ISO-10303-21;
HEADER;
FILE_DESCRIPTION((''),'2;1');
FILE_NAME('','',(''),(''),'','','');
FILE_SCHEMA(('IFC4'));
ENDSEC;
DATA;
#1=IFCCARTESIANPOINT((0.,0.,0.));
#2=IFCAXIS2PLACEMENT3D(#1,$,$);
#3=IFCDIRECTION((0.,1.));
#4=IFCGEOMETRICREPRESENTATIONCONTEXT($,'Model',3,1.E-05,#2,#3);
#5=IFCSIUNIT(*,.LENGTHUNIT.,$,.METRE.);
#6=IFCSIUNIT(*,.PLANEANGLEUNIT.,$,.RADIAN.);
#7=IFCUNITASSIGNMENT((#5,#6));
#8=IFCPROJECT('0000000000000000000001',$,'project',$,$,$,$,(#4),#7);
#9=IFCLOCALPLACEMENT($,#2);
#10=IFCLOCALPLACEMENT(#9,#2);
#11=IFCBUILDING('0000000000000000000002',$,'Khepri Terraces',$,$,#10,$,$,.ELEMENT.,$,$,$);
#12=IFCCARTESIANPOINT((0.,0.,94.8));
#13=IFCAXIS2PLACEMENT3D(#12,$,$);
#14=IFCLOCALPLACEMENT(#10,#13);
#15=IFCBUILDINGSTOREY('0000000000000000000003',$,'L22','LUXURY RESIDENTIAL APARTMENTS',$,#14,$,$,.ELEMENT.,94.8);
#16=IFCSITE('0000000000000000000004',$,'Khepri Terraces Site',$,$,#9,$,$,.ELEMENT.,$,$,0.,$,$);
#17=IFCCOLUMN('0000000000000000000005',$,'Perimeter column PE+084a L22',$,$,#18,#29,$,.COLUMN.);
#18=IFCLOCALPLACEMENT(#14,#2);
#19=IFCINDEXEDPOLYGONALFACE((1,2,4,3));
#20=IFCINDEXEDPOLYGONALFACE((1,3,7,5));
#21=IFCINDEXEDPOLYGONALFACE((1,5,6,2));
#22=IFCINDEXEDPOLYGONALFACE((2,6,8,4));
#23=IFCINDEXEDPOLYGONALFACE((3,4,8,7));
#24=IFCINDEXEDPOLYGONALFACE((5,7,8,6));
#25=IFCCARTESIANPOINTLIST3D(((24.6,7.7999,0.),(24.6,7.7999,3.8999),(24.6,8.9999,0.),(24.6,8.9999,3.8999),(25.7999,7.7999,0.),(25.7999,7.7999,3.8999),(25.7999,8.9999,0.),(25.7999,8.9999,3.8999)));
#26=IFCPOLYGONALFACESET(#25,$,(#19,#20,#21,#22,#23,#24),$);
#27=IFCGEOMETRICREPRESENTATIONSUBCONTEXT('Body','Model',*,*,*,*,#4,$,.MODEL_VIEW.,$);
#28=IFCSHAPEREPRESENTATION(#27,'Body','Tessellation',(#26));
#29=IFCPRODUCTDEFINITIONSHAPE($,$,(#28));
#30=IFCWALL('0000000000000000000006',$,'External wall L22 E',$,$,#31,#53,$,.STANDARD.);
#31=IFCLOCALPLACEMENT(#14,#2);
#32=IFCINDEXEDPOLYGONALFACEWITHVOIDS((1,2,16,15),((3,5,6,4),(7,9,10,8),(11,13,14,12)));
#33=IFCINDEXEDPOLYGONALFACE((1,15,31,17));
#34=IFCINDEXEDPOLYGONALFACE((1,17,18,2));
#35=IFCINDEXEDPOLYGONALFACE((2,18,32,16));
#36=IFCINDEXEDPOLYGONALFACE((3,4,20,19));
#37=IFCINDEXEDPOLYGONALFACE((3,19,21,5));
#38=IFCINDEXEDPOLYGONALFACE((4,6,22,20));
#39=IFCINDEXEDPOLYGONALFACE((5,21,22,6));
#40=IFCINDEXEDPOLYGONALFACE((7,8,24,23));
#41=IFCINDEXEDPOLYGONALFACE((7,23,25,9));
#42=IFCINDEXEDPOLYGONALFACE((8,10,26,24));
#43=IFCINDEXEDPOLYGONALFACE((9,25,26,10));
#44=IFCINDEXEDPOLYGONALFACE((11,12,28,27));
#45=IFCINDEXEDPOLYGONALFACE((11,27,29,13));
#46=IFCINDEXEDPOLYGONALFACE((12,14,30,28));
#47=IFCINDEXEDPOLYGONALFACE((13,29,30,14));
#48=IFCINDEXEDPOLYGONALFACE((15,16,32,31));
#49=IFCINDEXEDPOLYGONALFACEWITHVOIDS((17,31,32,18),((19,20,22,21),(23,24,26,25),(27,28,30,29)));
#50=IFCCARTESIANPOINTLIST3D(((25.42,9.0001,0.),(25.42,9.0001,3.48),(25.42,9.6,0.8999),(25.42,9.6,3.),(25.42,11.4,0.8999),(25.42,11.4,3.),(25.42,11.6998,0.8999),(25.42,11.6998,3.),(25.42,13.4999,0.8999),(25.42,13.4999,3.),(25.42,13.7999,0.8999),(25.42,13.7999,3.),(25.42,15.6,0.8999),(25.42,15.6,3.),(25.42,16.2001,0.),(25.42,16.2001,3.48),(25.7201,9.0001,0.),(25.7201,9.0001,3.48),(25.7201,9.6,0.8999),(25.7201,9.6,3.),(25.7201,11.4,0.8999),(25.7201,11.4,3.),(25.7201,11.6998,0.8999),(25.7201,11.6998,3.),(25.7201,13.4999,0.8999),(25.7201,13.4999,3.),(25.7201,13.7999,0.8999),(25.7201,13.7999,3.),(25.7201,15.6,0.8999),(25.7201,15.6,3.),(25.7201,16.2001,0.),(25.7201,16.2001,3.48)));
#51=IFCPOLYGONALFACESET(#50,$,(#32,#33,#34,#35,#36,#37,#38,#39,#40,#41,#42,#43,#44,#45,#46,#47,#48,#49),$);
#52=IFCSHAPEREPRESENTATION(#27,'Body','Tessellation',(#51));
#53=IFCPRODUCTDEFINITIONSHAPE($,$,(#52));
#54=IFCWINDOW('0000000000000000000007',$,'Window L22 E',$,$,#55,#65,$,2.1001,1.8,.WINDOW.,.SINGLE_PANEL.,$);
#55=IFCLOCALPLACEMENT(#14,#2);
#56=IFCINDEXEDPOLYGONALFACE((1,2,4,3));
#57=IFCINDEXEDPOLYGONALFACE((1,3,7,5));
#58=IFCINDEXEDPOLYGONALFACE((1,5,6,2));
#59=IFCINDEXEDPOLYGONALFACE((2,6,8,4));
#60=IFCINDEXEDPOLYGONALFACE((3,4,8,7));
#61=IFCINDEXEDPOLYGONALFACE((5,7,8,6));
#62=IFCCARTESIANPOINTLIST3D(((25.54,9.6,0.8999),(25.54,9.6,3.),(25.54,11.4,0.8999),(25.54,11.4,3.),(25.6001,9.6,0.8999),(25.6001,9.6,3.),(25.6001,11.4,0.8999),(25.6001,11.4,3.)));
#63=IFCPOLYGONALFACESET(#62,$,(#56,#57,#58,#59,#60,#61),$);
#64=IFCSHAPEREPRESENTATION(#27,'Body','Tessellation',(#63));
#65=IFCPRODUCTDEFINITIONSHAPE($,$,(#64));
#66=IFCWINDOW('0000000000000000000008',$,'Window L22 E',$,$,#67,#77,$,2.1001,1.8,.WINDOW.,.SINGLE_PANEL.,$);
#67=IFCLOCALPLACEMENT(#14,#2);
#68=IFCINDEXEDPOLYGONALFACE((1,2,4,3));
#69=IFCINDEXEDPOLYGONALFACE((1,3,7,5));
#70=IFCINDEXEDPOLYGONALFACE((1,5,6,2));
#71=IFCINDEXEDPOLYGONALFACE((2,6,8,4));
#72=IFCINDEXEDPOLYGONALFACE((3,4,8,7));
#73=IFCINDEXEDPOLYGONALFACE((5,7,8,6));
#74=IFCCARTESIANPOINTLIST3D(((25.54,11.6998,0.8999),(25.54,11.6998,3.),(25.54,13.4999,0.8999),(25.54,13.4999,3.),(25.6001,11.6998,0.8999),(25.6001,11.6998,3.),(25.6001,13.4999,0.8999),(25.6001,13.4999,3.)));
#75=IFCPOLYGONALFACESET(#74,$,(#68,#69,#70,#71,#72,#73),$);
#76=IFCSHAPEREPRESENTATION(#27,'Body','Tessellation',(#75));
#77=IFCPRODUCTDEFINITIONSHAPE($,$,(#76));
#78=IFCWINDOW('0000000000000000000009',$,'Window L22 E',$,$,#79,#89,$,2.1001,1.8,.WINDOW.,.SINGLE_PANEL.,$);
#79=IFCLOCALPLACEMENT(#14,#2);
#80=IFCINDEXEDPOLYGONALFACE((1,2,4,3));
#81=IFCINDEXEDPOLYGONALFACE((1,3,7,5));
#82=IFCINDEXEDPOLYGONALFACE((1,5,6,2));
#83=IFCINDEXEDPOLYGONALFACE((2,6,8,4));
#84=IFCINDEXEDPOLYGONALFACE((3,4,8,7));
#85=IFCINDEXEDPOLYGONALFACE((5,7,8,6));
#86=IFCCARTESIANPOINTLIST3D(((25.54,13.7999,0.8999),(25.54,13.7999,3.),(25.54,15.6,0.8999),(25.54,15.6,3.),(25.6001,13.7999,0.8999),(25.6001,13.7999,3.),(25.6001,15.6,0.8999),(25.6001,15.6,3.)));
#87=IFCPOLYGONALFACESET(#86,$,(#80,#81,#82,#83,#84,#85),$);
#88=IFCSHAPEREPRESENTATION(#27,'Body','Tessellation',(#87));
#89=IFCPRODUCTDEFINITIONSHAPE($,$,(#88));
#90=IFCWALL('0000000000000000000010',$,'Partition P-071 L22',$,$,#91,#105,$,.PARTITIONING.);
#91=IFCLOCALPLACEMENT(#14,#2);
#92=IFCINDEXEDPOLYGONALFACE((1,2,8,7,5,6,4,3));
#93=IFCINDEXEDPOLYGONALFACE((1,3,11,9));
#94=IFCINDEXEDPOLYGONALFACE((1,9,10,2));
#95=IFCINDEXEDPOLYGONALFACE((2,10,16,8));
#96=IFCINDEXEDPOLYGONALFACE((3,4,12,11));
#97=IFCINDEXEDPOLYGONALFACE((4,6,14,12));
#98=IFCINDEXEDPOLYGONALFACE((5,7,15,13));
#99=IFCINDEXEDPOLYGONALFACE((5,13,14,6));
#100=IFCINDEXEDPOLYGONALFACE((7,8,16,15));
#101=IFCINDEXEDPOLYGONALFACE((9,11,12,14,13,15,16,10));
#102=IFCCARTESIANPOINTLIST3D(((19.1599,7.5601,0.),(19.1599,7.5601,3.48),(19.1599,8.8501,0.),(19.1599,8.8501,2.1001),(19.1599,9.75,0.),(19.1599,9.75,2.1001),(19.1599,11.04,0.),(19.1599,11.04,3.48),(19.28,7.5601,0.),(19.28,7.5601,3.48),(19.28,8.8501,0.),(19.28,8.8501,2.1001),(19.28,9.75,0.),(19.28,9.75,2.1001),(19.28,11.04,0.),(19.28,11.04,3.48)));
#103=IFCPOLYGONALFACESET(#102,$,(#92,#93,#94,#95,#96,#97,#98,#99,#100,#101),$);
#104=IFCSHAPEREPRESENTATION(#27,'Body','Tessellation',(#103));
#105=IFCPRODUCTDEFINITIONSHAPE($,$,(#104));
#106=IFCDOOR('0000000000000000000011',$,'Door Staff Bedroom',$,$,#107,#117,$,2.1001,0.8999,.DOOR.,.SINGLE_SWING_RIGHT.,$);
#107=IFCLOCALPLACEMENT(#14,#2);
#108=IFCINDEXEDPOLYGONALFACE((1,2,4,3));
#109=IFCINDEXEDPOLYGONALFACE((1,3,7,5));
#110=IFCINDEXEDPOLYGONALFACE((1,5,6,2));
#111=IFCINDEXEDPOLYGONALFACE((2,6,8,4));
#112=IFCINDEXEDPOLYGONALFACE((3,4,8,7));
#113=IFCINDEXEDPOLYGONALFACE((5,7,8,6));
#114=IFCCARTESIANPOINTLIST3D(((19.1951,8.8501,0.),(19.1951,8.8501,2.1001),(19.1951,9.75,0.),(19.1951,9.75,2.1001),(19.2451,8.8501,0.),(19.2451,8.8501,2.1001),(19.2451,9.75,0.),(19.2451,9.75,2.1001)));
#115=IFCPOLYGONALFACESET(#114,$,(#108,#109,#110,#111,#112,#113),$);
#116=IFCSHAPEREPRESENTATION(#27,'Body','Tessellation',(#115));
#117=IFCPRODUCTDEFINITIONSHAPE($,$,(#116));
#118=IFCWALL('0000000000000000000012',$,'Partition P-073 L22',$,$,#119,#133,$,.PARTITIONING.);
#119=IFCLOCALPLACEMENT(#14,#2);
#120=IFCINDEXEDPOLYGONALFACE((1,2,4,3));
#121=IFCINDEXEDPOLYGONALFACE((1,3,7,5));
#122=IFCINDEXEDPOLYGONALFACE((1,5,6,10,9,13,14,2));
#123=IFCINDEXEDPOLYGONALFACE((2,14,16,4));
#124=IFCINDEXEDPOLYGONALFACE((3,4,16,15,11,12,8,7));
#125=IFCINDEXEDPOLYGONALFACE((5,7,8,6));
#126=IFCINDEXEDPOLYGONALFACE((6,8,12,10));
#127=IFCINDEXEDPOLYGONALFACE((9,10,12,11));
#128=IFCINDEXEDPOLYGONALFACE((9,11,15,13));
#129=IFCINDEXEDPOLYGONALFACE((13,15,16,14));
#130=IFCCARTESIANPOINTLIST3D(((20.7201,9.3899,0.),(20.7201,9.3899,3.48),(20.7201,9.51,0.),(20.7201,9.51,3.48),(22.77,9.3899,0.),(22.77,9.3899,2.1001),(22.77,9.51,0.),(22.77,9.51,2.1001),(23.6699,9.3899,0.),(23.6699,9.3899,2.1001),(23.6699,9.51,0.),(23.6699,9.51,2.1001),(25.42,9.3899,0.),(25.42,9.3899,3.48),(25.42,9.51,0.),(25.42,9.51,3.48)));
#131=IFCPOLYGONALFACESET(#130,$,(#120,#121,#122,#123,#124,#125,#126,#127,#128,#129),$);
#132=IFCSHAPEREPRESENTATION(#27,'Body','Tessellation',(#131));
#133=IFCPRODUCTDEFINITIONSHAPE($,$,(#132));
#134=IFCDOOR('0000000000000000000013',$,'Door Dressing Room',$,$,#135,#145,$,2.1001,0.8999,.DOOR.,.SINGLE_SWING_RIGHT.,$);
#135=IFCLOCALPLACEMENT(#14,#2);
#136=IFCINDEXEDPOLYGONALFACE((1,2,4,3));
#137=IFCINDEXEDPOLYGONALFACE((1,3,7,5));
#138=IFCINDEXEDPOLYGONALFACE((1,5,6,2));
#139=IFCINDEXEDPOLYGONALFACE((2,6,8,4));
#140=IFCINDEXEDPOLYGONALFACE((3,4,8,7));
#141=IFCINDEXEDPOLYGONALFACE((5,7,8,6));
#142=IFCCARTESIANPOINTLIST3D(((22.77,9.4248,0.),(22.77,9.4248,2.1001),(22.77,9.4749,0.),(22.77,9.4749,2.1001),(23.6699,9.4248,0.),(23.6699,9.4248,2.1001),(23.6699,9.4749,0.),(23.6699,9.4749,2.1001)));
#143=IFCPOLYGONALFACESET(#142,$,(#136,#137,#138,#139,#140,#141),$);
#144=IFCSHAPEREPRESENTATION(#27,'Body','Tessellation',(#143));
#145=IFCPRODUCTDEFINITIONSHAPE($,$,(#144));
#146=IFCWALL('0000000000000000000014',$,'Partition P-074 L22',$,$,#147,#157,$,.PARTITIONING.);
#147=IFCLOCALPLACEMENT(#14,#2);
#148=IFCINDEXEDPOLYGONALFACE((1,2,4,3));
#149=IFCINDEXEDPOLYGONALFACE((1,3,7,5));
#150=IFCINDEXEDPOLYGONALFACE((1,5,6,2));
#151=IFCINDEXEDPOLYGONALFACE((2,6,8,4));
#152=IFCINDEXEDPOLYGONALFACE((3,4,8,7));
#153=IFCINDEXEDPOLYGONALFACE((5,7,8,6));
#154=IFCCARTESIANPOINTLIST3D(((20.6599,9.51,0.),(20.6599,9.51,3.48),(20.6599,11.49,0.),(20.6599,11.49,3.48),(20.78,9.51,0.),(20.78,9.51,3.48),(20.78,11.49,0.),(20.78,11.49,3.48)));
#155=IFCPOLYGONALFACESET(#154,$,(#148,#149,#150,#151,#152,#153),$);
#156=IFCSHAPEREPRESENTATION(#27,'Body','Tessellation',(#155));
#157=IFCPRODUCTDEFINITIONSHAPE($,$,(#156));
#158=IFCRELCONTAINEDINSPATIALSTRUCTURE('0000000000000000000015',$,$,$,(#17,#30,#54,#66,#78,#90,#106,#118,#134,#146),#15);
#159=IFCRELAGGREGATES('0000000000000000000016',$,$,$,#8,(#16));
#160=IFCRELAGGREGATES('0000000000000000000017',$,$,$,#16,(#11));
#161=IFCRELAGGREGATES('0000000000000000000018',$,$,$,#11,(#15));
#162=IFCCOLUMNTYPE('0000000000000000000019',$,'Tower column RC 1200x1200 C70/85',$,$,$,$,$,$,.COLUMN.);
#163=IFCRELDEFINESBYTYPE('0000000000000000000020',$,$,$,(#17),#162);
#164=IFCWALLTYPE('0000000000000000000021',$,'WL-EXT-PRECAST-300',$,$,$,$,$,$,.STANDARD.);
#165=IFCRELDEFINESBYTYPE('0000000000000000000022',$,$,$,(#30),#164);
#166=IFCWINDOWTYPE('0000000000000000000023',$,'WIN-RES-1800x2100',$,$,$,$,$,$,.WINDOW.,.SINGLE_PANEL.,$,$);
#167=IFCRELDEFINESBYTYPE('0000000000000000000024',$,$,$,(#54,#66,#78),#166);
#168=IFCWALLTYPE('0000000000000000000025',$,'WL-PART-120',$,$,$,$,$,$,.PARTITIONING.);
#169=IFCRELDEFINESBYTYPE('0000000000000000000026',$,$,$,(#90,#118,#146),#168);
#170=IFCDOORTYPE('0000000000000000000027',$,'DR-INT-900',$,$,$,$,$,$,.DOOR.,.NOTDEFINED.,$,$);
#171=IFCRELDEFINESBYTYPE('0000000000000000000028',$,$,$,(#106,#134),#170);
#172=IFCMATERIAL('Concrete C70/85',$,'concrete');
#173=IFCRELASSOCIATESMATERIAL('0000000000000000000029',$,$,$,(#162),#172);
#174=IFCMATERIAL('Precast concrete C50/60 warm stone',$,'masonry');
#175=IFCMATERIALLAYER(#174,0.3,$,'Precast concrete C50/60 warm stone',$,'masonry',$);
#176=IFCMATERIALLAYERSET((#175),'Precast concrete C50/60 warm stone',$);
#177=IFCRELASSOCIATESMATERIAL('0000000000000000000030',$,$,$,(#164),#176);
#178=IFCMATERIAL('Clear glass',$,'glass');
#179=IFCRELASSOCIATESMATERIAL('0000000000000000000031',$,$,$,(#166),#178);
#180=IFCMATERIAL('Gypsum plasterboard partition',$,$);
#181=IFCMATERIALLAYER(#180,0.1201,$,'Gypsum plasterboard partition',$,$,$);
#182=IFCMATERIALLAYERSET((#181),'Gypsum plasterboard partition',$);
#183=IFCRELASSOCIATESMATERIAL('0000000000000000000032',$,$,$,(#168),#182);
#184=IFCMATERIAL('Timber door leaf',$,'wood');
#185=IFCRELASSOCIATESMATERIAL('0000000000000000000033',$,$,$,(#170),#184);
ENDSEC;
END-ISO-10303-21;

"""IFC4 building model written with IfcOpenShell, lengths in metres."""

from ifc_helpers import new_model, si_unit, direction, frame, frame_2d, origin, origin_2d, place, context, subcontext, project, spatial, rectangle, extrude, material, layer, layer_set, material_profile, profile_set, type_object, element, fill, save


model = new_model("IFC4")

# Units and contexts
model_context = context("Model", 3, precision=1e-05, world=origin(), true_north=direction((0.0, 1.0)))
body_context = subcontext(model_context, "Body", "Model", "MODEL_VIEW")
ifc_project = project(units=[si_unit("LENGTHUNIT", "METRE"), si_unit("PLANEANGLEUNIT", "RADIAN")], contexts=[model_context])

# Site, building, storey
site_placement = place(None, origin())
site = spatial("IfcSite", under=ifc_project, at=site_placement, Name="Khepri Terraces Site", CompositionType="ELEMENT", RefElevation=0.0)
building_placement = place(site_placement, origin())
building = spatial("IfcBuilding", under=site, at=building_placement, Name="Khepri Terraces", CompositionType="ELEMENT")
storey_placement = place(building_placement, frame((0.0, 0.0, 94.8)))
storey = spatial("IfcBuildingStorey", under=building, at=storey_placement, Name="L22", Description="LUXURY RESIDENTIAL APARTMENTS", CompositionType="ELEMENT", Elevation=94.8)

# Column
ifc_material_1 = material(Name="Concrete C70/85", Category="concrete")
ifc_material_profile = material_profile(ifc_material_1, rectangle(XDim=1.2, YDim=1.2, at=origin_2d()), Name="Concrete C70/85", Category="concrete")
ifc_profile_set = profile_set([ifc_material_profile], Name="Concrete C70/85")
column_type = type_object("IfcColumnType", Name="Tower column RC 1200x1200 C70/85", PredefinedType="COLUMN", material=ifc_profile_set)
column_placement = place(storey_placement, frame((25.2, 8.3999, 0.0), z_axis=(0.0, 0.0, 1.0), x_axis=(1.0, 0.0, 0.0)))
element("IfcColumn", 1, at=column_placement, inside=storey, type_object=column_type, Name="Perimeter column PE+084a L22", PredefinedType="COLUMN", context=body_context, shape_type="SweptSolid", body=[
    extrude(rectangle(XDim=1.2, YDim=1.2, at=origin_2d()), origin(), (0.0, 0.0, 1.0), 3.8999),
])

# Wall, openings, windows
ifc_material_2 = material(Name="Precast concrete C50/60 warm stone", Category="masonry")
ifc_layer_1 = layer(ifc_material_2, 0.3, Name="Precast concrete C50/60 warm stone", Category="masonry")
ifc_layer_set_1 = layer_set([ifc_layer_1], Name="Precast concrete C50/60 warm stone")
wall_type_1 = type_object("IfcWallType", Name="WL-EXT-PRECAST-300", PredefinedType="STANDARD", material=ifc_layer_set_1)
wall_1_placement = place(storey_placement, frame((25.5701, 9.0, 0.0), z_axis=(0.0, 0.0, 1.0), x_axis=(0.0, 1.0, 0.0)))
wall_1 = element("IfcWall", 2, at=wall_1_placement, inside=storey, type_object=wall_type_1, Name="External wall L22 E", PredefinedType="STANDARD", context=body_context, shape_type="SweptSolid", body=[
    extrude(rectangle(XDim=7.2, YDim=0.3, at=frame_2d((3.6001, 0.0))), origin(), (0.0, 0.0, 1.0), 3.48),
])
opening_1_placement = place(wall_1_placement, frame((0.6001, 0.0, 0.8999)))
opening_1 = element("IfcOpeningElement", 3, at=opening_1_placement, cuts=wall_1, PredefinedType="OPENING", context=body_context, shape_type="SweptSolid", body=[
    extrude(rectangle(XDim=1.8, YDim=2.1001, at=frame_2d((0.8999, 1.05))), frame((0.0, 0.1602, 0.0), z_axis=(0.0, -1.0, 0.0), x_axis=(1.0, 0.0, 0.0)), (0.0, 0.0, 1.0), 0.3201),
])
opening_2_placement = place(wall_1_placement, frame((2.7, 0.0, 0.8999)))
opening_2 = element("IfcOpeningElement", 4, at=opening_2_placement, cuts=wall_1, PredefinedType="OPENING", context=body_context, shape_type="SweptSolid", body=[
    extrude(rectangle(XDim=1.8, YDim=2.1001, at=frame_2d((0.8999, 1.05))), frame((0.0, 0.1602, 0.0), z_axis=(0.0, -1.0, 0.0), x_axis=(1.0, 0.0, 0.0)), (0.0, 0.0, 1.0), 0.3201),
])
opening_3_placement = place(wall_1_placement, frame((4.8, 0.0, 0.8999)))
opening_3 = element("IfcOpeningElement", 5, at=opening_3_placement, cuts=wall_1, PredefinedType="OPENING", context=body_context, shape_type="SweptSolid", body=[
    extrude(rectangle(XDim=1.8, YDim=2.1001, at=frame_2d((0.8999, 1.05))), frame((0.0, 0.1602, 0.0), z_axis=(0.0, -1.0, 0.0), x_axis=(1.0, 0.0, 0.0)), (0.0, 0.0, 1.0), 0.3201),
])
ifc_material_3 = material(Name="Clear glass", Category="glass")
window_type = type_object("IfcWindowType", Name="WIN-RES-1800x2100", PartitioningType="SINGLE_PANEL", PredefinedType="WINDOW", material=ifc_material_3)
window_1_placement = place(opening_1_placement, origin())
window_1 = element("IfcWindow", 6, at=window_1_placement, inside=storey, type_object=window_type, Name="Window L22 E", OverallHeight=2.1001, OverallWidth=1.8, PartitioningType="SINGLE_PANEL", PredefinedType="WINDOW", context=body_context, shape_type="SweptSolid", body=[
    extrude(rectangle(XDim=1.8, YDim=2.1001, at=frame_2d((0.8999, 1.05))), frame((0.0, 0.03, 0.0), z_axis=(0.0, -1.0, 0.0), x_axis=(1.0, 0.0, 0.0)), (0.0, 0.0, 1.0), 0.0601),
])
fill(opening_1, window_1)
window_2_placement = place(opening_2_placement, origin())
window_2 = element("IfcWindow", 7, at=window_2_placement, inside=storey, type_object=window_type, Name="Window L22 E", OverallHeight=2.1001, OverallWidth=1.8, PartitioningType="SINGLE_PANEL", PredefinedType="WINDOW", context=body_context, shape_type="SweptSolid", body=[
    extrude(rectangle(XDim=1.8, YDim=2.1001, at=frame_2d((0.8999, 1.05))), frame((0.0, 0.03, 0.0), z_axis=(0.0, -1.0, 0.0), x_axis=(1.0, 0.0, 0.0)), (0.0, 0.0, 1.0), 0.0601),
])
fill(opening_2, window_2)
window_3_placement = place(opening_3_placement, origin())
window_3 = element("IfcWindow", 8, at=window_3_placement, inside=storey, type_object=window_type, Name="Window L22 E", OverallHeight=2.1001, OverallWidth=1.8, PartitioningType="SINGLE_PANEL", PredefinedType="WINDOW", context=body_context, shape_type="SweptSolid", body=[
    extrude(rectangle(XDim=1.8, YDim=2.1001, at=frame_2d((0.8999, 1.05))), frame((0.0, 0.03, 0.0), z_axis=(0.0, -1.0, 0.0), x_axis=(1.0, 0.0, 0.0)), (0.0, 0.0, 1.0), 0.0601),
])
fill(opening_3, window_3)

# Walls, openings, doors
ifc_material_4 = material(Name="Gypsum plasterboard partition")
ifc_layer_2 = layer(ifc_material_4, 0.1201, Name="Gypsum plasterboard partition")
ifc_layer_set_2 = layer_set([ifc_layer_2], Name="Gypsum plasterboard partition")
wall_type_2 = type_object("IfcWallType", Name="WL-PART-120", PredefinedType="PARTITIONING", material=ifc_layer_set_2)
wall_2_placement = place(storey_placement, frame((19.22, 7.5601, 0.0), z_axis=(0.0, 0.0, 1.0), x_axis=(0.0, 1.0, 0.0)))
wall_2 = element("IfcWall", 9, at=wall_2_placement, inside=storey, type_object=wall_type_2, Name="Partition P-071 L22", PredefinedType="PARTITIONING", context=body_context, shape_type="SweptSolid", body=[
    extrude(rectangle(XDim=3.48, YDim=0.1201, at=frame_2d((1.74, 0.0))), origin(), (0.0, 0.0, 1.0), 3.48),
])
opening_4_placement = place(wall_2_placement, frame((1.29, 0.0, 0.0)))
opening_4 = element("IfcOpeningElement", 10, at=opening_4_placement, cuts=wall_2, PredefinedType="OPENING", context=body_context, shape_type="SweptSolid", body=[
    extrude(rectangle(XDim=0.8999, YDim=2.1001, at=frame_2d((0.45, 1.05))), frame((0.0, 0.0701, 0.0), z_axis=(0.0, -1.0, 0.0), x_axis=(1.0, 0.0, 0.0)), (0.0, 0.0, 1.0), 0.1401),
])
ifc_material_5 = material(Name="Timber door leaf", Category="wood")
door_type_1 = type_object("IfcDoorType", Name="DR-INT-900", OperationType="NOTDEFINED", PredefinedType="DOOR", material=ifc_material_5)
door_1_placement = place(opening_4_placement, origin())
door_1 = element("IfcDoor", 11, at=door_1_placement, inside=storey, type_object=door_type_1, Name="Door Staff Bedroom", OperationType="SINGLE_SWING_RIGHT", OverallHeight=2.1001, OverallWidth=0.8999, PredefinedType="DOOR", context=body_context, shape_type="SweptSolid", body=[
    extrude(rectangle(XDim=0.8999, YDim=2.1001, at=frame_2d((0.45, 1.05))), frame((0.0, 0.0249, 0.0), z_axis=(0.0, -1.0, 0.0), x_axis=(1.0, 0.0, 0.0)), (0.0, 0.0, 1.0), 0.05),
])
fill(opening_4, door_1)
wall_3_placement = place(storey_placement, frame((20.72, 9.45, 0.0), z_axis=(0.0, 0.0, 1.0), x_axis=(1.0, 0.0, 0.0)))
wall_3 = element("IfcWall", 12, at=wall_3_placement, inside=storey, type_object=wall_type_2, Name="Partition P-073 L22", PredefinedType="PARTITIONING", context=body_context, shape_type="SweptSolid", body=[
    extrude(rectangle(XDim=4.7, YDim=0.1201, at=frame_2d((2.3501, 0.0))), origin(), (0.0, 0.0, 1.0), 3.48),
])
opening_5_placement = place(wall_3_placement, frame((2.05, 0.0, 0.0)))
opening_5 = element("IfcOpeningElement", 13, at=opening_5_placement, cuts=wall_3, PredefinedType="OPENING", context=body_context, shape_type="SweptSolid", body=[
    extrude(rectangle(XDim=0.8999, YDim=2.1001, at=frame_2d((0.45, 1.05))), frame((0.0, 0.0701, 0.0), z_axis=(0.0, -1.0, 0.0), x_axis=(1.0, 0.0, 0.0)), (0.0, 0.0, 1.0), 0.1401),
])
door_2_placement = place(opening_5_placement, origin())
door_2 = element("IfcDoor", 14, at=door_2_placement, inside=storey, type_object=door_type_1, Name="Door Dressing Room", OperationType="SINGLE_SWING_RIGHT", OverallHeight=2.1001, OverallWidth=0.8999, PredefinedType="DOOR", context=body_context, shape_type="SweptSolid", body=[
    extrude(rectangle(XDim=0.8999, YDim=2.1001, at=frame_2d((0.45, 1.05))), frame((0.0, 0.0249, 0.0), z_axis=(0.0, -1.0, 0.0), x_axis=(1.0, 0.0, 0.0)), (0.0, 0.0, 1.0), 0.05),
])
fill(opening_5, door_2)

# Wall
wall_4_placement = place(storey_placement, frame((20.72, 9.51, 0.0), z_axis=(0.0, 0.0, 1.0), x_axis=(0.0, 1.0, 0.0)))
element("IfcWall", 15, at=wall_4_placement, inside=storey, type_object=wall_type_2, Name="Partition P-074 L22", PredefinedType="PARTITIONING", context=body_context, shape_type="SweptSolid", body=[
    extrude(rectangle(XDim=1.98, YDim=0.1201, at=frame_2d((0.99, 0.0))), origin(), (0.0, 0.0, 1.0), 3.48),
])

save(model, "model.ifc")
